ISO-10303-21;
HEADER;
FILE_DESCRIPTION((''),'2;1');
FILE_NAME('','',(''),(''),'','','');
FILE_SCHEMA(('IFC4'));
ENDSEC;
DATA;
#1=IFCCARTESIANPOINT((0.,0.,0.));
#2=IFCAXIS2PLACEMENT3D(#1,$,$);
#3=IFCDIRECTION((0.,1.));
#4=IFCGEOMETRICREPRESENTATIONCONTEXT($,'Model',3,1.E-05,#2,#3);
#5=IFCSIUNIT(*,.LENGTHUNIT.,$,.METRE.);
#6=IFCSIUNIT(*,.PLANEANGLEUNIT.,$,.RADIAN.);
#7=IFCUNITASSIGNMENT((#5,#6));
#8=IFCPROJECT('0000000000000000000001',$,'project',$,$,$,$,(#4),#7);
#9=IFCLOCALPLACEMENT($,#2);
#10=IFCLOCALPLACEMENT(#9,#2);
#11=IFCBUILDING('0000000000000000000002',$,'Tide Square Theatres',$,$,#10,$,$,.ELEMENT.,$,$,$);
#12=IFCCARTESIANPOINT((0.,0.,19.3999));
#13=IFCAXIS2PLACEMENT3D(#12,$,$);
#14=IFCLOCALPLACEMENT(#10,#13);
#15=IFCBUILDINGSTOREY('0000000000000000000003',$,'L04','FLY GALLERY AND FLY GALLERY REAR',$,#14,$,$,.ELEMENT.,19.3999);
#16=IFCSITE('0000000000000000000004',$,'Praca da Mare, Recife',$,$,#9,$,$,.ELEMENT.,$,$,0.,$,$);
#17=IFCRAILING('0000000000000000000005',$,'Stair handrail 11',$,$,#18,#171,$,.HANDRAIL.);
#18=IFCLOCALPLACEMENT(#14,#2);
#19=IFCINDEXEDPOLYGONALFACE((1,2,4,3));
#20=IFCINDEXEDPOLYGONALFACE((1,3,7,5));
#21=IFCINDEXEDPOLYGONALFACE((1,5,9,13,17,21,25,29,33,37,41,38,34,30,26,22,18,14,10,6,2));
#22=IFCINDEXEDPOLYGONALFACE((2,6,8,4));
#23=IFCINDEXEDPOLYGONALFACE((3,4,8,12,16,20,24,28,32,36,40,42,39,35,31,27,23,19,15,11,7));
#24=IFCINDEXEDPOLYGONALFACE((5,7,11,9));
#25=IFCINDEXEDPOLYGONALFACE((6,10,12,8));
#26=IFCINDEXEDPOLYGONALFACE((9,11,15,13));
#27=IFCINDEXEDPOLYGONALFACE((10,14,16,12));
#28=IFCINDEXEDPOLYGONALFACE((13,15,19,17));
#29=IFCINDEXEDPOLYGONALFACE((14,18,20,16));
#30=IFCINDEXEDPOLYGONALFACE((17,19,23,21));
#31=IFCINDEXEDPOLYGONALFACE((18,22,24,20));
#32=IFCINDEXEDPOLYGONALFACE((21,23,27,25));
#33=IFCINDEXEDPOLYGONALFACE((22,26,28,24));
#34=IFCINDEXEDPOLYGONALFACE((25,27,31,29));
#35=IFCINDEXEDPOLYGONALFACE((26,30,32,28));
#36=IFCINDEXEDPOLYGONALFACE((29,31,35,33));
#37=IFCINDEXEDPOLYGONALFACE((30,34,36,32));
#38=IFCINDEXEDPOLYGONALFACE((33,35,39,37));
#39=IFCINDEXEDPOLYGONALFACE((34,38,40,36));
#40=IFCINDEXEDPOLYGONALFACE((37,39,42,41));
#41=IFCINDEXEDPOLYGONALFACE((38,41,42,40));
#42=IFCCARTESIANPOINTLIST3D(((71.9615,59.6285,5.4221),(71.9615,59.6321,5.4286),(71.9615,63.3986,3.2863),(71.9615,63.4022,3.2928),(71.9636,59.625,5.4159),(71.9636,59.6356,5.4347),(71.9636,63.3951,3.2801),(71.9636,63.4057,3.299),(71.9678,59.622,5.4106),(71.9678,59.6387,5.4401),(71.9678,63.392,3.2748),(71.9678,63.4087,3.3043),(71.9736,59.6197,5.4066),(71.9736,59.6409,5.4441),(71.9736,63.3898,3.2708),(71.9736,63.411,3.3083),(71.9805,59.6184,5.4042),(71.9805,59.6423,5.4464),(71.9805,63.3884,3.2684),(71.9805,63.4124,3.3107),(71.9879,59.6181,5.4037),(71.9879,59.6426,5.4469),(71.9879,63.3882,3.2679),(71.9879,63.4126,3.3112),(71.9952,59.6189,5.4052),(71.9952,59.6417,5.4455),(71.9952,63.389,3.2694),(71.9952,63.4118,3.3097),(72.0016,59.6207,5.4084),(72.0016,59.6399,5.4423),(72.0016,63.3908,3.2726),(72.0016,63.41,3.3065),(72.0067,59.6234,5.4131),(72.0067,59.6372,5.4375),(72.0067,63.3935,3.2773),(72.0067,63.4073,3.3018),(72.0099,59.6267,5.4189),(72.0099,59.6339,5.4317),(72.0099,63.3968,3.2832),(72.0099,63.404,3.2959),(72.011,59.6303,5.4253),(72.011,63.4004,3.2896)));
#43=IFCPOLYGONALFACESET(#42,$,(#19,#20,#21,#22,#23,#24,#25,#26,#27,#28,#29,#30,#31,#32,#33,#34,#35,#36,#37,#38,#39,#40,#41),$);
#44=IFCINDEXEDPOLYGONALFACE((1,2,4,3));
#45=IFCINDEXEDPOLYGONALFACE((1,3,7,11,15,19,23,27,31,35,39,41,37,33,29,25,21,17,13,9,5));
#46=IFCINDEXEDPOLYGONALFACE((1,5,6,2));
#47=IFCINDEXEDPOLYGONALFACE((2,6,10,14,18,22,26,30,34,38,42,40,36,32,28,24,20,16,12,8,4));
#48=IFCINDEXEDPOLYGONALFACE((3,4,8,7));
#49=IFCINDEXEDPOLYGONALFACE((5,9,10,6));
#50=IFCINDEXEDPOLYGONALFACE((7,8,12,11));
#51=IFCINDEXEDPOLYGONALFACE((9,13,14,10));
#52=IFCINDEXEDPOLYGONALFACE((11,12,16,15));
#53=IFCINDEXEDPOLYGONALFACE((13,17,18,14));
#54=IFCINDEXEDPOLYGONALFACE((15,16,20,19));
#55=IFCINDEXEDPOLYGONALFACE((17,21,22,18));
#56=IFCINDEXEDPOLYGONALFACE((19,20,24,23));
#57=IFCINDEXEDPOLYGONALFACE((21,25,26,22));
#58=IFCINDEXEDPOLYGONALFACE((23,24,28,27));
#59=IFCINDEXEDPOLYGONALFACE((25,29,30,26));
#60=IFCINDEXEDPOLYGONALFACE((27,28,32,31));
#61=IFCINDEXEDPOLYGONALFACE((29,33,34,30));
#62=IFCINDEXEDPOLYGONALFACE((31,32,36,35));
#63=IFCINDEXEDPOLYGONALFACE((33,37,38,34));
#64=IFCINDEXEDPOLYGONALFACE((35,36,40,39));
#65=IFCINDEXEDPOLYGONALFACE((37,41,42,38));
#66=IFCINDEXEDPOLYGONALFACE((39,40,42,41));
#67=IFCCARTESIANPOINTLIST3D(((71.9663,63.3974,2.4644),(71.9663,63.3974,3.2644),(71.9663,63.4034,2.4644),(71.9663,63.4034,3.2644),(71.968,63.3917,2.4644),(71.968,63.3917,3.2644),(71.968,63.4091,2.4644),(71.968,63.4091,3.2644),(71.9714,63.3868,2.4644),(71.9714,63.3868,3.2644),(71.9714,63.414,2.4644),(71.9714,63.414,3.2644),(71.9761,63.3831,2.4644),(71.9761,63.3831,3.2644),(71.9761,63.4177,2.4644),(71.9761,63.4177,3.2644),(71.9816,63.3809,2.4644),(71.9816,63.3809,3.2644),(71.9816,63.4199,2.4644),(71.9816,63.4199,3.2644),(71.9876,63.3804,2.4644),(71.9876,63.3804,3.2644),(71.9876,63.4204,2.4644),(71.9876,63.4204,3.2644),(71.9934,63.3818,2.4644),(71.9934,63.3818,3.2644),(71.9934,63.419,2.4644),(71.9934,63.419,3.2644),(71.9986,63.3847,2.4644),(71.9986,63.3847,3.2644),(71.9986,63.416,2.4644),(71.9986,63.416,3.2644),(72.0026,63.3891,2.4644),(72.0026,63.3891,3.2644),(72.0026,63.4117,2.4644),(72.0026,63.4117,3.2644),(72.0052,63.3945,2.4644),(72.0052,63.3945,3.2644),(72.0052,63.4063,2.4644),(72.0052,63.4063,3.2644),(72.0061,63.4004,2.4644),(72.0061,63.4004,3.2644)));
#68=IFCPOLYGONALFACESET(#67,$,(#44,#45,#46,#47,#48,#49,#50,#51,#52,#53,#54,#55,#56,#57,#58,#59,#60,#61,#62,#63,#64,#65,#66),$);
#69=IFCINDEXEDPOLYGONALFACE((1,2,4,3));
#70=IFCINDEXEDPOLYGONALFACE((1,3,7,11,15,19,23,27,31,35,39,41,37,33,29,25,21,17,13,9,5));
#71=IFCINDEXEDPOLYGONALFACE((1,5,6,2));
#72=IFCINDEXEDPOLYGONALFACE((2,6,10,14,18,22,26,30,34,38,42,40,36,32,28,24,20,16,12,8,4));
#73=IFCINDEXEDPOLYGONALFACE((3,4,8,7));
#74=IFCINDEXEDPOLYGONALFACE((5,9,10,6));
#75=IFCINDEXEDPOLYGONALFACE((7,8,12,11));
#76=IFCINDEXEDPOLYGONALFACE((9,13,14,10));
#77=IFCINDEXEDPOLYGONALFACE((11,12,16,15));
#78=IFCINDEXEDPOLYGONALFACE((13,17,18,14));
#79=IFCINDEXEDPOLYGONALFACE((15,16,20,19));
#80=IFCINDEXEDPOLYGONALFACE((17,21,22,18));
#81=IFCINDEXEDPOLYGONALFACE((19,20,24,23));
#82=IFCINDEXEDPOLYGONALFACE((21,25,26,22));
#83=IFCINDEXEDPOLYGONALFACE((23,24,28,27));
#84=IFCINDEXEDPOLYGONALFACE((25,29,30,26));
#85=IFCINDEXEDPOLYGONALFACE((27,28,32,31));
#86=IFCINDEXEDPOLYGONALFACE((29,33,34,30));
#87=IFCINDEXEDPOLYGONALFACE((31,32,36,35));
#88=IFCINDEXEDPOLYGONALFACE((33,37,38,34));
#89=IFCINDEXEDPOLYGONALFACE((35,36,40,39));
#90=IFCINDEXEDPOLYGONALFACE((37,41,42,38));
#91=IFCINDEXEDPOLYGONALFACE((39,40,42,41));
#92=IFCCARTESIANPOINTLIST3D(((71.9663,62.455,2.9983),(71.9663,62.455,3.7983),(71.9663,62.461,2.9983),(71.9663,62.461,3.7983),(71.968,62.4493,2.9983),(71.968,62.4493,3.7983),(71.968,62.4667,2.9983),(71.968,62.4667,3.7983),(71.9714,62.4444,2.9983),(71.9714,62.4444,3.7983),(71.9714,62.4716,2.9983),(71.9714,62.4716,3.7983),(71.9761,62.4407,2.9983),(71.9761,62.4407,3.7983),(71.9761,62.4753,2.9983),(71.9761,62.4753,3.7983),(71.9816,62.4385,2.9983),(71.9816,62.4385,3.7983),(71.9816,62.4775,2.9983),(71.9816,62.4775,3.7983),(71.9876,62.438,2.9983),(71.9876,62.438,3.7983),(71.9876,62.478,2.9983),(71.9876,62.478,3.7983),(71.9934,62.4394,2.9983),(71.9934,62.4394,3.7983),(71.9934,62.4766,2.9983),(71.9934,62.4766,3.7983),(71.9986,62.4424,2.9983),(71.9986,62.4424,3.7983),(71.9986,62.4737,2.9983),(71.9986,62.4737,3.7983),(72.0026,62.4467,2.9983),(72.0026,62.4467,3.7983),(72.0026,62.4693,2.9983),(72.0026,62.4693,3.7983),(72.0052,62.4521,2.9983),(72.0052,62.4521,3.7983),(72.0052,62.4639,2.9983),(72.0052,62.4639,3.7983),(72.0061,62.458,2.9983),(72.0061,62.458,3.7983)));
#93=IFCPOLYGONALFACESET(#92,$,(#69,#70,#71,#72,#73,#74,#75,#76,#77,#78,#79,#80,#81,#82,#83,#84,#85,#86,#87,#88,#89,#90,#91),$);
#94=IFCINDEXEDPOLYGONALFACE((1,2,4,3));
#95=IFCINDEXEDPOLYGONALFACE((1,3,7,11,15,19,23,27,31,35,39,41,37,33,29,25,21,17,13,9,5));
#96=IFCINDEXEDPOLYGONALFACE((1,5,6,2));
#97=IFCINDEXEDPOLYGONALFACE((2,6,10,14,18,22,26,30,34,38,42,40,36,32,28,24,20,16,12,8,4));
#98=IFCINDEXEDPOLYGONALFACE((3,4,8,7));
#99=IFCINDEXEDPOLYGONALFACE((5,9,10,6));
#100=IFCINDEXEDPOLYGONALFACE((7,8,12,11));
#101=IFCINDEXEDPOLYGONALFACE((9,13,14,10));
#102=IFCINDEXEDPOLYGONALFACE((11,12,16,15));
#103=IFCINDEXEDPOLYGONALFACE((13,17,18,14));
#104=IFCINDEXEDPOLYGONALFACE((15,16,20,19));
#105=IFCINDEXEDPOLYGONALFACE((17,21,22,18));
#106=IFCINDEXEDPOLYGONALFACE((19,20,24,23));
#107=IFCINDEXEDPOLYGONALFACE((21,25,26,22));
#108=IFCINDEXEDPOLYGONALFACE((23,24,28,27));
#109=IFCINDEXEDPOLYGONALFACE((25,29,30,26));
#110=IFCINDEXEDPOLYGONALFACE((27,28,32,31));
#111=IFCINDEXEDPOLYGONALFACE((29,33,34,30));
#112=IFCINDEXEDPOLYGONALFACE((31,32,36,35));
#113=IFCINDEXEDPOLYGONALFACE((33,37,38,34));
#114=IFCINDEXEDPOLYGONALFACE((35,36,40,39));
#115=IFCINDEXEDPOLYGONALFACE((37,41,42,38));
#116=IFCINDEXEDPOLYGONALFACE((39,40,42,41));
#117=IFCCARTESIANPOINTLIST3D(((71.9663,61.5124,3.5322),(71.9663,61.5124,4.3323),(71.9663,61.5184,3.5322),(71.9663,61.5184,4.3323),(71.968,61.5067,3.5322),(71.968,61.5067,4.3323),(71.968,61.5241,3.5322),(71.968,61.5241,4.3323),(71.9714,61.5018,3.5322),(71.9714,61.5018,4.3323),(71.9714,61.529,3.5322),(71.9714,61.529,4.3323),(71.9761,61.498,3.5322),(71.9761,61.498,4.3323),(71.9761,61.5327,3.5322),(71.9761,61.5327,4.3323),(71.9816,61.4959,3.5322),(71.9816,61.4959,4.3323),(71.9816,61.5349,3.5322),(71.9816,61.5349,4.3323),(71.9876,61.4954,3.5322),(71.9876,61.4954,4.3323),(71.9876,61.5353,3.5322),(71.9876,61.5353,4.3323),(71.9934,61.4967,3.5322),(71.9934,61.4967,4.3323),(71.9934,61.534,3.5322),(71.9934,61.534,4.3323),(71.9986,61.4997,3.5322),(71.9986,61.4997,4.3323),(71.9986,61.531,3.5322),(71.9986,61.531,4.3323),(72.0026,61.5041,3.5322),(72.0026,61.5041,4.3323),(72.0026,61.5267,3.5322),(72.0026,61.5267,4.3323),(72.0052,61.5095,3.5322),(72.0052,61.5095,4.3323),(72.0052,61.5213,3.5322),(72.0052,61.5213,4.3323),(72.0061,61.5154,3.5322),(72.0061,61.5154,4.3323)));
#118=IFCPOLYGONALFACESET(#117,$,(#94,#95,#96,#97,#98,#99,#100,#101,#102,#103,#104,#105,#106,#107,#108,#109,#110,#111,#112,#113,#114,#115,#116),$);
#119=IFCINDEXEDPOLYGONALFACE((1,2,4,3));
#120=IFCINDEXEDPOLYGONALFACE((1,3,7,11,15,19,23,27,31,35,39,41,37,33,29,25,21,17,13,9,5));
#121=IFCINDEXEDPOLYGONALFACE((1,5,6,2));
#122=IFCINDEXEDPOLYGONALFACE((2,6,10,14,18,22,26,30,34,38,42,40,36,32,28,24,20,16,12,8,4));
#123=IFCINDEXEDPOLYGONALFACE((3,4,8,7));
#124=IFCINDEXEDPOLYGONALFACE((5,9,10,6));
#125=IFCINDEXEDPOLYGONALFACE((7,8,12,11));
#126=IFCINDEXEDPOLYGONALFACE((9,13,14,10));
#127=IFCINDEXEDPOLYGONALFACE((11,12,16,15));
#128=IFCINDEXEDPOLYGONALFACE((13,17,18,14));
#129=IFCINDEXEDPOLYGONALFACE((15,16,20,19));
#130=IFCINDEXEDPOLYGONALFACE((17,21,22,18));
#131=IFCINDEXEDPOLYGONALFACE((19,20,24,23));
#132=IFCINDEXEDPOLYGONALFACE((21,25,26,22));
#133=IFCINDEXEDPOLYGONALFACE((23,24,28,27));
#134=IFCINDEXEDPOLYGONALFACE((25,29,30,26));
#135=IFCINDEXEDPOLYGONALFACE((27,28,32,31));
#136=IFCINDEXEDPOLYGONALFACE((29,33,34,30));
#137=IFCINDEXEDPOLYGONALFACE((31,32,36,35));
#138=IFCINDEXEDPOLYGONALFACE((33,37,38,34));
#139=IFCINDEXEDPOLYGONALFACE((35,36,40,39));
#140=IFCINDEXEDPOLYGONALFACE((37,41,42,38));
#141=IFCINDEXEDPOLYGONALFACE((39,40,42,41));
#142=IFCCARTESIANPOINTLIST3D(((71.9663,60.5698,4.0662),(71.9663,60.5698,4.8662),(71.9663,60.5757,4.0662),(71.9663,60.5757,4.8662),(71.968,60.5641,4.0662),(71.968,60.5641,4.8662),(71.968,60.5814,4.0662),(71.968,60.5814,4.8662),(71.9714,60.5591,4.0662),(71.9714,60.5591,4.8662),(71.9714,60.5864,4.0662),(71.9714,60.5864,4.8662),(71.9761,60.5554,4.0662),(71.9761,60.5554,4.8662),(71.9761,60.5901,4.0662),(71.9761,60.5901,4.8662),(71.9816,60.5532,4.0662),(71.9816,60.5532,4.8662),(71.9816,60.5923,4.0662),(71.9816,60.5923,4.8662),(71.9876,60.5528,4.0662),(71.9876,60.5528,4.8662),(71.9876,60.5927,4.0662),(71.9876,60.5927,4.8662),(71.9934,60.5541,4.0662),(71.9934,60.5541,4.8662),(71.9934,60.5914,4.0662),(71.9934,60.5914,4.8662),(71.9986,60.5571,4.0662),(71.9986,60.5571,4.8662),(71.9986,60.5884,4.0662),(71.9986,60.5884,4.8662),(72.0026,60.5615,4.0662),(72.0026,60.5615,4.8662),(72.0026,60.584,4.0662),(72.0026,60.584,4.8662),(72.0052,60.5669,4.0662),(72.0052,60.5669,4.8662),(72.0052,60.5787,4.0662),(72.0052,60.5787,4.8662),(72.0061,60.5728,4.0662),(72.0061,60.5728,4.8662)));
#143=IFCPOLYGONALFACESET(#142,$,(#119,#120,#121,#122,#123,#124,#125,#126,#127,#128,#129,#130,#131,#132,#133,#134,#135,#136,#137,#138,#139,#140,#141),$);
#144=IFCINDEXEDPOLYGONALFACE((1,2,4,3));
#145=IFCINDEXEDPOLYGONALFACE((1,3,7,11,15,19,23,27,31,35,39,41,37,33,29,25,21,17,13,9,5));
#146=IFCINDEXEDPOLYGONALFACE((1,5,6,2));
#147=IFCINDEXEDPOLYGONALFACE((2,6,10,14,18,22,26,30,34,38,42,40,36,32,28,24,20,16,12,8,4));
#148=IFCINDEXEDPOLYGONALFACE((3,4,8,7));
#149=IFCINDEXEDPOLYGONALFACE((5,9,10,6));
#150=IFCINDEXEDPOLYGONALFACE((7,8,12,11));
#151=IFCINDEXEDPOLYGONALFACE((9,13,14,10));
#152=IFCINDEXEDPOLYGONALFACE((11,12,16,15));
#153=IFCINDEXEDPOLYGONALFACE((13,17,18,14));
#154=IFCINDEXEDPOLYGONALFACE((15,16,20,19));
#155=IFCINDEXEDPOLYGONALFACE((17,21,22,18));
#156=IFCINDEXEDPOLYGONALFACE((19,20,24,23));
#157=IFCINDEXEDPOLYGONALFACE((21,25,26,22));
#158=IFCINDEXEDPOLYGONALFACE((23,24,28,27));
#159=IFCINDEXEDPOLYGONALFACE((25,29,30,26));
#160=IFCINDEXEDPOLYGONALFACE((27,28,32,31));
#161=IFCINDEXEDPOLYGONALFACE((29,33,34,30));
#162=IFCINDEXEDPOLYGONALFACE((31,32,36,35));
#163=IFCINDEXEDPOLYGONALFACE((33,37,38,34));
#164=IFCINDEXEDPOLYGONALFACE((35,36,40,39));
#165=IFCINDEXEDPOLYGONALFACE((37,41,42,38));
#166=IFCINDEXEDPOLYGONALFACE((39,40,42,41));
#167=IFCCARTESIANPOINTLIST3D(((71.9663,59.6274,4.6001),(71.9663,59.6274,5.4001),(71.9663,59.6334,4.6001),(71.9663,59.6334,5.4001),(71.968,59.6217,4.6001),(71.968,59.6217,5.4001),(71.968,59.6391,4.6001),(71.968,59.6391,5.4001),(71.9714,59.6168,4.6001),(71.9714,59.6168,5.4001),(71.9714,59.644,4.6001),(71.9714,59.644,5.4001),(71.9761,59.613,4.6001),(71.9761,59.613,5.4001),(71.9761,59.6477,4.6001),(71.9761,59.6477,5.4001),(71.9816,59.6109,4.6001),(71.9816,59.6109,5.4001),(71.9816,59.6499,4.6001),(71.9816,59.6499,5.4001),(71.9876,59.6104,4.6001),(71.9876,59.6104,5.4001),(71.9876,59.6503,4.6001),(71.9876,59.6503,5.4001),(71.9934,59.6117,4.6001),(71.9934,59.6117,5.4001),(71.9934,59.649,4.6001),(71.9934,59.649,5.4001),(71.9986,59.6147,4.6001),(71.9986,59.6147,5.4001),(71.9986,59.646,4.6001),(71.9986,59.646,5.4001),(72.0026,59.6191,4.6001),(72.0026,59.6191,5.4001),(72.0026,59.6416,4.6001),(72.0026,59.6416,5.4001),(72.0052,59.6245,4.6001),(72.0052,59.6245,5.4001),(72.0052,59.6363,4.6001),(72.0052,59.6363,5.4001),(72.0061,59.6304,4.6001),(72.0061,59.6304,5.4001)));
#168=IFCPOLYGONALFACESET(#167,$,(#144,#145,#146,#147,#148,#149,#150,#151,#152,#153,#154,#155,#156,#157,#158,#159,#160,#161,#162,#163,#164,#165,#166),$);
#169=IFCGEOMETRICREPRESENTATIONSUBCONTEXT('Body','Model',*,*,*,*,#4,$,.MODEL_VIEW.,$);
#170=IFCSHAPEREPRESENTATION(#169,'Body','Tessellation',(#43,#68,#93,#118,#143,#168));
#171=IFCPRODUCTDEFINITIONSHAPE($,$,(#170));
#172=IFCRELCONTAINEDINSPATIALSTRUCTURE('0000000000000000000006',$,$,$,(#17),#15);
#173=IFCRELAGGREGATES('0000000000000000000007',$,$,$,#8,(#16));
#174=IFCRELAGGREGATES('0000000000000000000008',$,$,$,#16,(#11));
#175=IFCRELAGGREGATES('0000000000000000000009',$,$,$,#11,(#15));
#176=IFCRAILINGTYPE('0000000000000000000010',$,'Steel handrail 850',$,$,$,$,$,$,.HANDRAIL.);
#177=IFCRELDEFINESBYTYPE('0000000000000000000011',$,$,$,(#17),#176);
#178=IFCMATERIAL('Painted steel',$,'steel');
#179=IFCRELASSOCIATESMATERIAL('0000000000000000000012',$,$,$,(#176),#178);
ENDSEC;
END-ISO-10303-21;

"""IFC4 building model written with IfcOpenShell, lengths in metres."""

from ifc_helpers import new_model, si_unit, direction, frame, origin, origin_2d, place, context, subcontext, project, spatial, circle, extrude, material, type_object, element, save


model = new_model("IFC4")

# Units and contexts
model_context = context("Model", 3, precision=1e-05, world=origin(), true_north=direction((0.0, 1.0)))
body_context = subcontext(model_context, "Body", "Model", "MODEL_VIEW")
ifc_project = project(units=[si_unit("LENGTHUNIT", "METRE"), si_unit("PLANEANGLEUNIT", "RADIAN")], contexts=[model_context])

# Site, building, storey
site_placement = place(None, origin())
site = spatial("IfcSite", under=ifc_project, at=site_placement, Name="Praca da Mare, Recife", CompositionType="ELEMENT", RefElevation=0.0)
building_placement = place(site_placement, origin())
building = spatial("IfcBuilding", under=site, at=building_placement, Name="Tide Square Theatres", CompositionType="ELEMENT")
storey_placement = place(building_placement, frame((0.0, 0.0, 19.3999)))
storey = spatial("IfcBuildingStorey", under=building, at=storey_placement, Name="L04", Description="FLY GALLERY AND FLY GALLERY REAR", CompositionType="ELEMENT", Elevation=19.3999)

# Railing
ifc_material_1 = material(Name="Painted steel", Category="steel")
railing_type_1 = type_object("IfcRailingType", Name="Steel handrail 850", PredefinedType="HANDRAIL", material=ifc_material_1)
for number, where, name in (
    (1, (71.9861, 63.4004, 2.4644), "Stair handrail 11"),
):
    element("IfcRailing", number, at=place(storey_placement, frame(where)), inside=storey, type_object=railing_type_1, Name=name, PredefinedType="HANDRAIL", context=body_context, shape_type="SweptSolid", body=[
        extrude(circle(Radius=0.0249, at=origin_2d()), frame((0.0, 0.0, 0.8252), z_axis=(0.0, -0.870082, 0.492907), x_axis=(1.0, 0.0, 0.0)), (0.0, 0.0, 1.0), 4.333),
        extrude(circle(Radius=0.02, at=origin_2d()), origin(), (0.0, 0.0, 1.0), 0.8),
        extrude(circle(Radius=0.02, at=origin_2d()), frame((0.0, -0.9424, 0.5339)), (0.0, 0.0, 1.0), 0.8),
        extrude(circle(Radius=0.02, at=origin_2d()), frame((0.0, -1.885, 1.0679)), (0.0, 0.0, 1.0), 0.8),
        extrude(circle(Radius=0.02, at=origin_2d()), frame((0.0, -2.8276, 1.6018)), (0.0, 0.0, 1.0), 0.8),
        extrude(circle(Radius=0.02, at=origin_2d()), frame((0.0, -3.77, 2.1357)), (0.0, 0.0, 1.0), 0.8),
    ])

save(model, "model.ifc")
